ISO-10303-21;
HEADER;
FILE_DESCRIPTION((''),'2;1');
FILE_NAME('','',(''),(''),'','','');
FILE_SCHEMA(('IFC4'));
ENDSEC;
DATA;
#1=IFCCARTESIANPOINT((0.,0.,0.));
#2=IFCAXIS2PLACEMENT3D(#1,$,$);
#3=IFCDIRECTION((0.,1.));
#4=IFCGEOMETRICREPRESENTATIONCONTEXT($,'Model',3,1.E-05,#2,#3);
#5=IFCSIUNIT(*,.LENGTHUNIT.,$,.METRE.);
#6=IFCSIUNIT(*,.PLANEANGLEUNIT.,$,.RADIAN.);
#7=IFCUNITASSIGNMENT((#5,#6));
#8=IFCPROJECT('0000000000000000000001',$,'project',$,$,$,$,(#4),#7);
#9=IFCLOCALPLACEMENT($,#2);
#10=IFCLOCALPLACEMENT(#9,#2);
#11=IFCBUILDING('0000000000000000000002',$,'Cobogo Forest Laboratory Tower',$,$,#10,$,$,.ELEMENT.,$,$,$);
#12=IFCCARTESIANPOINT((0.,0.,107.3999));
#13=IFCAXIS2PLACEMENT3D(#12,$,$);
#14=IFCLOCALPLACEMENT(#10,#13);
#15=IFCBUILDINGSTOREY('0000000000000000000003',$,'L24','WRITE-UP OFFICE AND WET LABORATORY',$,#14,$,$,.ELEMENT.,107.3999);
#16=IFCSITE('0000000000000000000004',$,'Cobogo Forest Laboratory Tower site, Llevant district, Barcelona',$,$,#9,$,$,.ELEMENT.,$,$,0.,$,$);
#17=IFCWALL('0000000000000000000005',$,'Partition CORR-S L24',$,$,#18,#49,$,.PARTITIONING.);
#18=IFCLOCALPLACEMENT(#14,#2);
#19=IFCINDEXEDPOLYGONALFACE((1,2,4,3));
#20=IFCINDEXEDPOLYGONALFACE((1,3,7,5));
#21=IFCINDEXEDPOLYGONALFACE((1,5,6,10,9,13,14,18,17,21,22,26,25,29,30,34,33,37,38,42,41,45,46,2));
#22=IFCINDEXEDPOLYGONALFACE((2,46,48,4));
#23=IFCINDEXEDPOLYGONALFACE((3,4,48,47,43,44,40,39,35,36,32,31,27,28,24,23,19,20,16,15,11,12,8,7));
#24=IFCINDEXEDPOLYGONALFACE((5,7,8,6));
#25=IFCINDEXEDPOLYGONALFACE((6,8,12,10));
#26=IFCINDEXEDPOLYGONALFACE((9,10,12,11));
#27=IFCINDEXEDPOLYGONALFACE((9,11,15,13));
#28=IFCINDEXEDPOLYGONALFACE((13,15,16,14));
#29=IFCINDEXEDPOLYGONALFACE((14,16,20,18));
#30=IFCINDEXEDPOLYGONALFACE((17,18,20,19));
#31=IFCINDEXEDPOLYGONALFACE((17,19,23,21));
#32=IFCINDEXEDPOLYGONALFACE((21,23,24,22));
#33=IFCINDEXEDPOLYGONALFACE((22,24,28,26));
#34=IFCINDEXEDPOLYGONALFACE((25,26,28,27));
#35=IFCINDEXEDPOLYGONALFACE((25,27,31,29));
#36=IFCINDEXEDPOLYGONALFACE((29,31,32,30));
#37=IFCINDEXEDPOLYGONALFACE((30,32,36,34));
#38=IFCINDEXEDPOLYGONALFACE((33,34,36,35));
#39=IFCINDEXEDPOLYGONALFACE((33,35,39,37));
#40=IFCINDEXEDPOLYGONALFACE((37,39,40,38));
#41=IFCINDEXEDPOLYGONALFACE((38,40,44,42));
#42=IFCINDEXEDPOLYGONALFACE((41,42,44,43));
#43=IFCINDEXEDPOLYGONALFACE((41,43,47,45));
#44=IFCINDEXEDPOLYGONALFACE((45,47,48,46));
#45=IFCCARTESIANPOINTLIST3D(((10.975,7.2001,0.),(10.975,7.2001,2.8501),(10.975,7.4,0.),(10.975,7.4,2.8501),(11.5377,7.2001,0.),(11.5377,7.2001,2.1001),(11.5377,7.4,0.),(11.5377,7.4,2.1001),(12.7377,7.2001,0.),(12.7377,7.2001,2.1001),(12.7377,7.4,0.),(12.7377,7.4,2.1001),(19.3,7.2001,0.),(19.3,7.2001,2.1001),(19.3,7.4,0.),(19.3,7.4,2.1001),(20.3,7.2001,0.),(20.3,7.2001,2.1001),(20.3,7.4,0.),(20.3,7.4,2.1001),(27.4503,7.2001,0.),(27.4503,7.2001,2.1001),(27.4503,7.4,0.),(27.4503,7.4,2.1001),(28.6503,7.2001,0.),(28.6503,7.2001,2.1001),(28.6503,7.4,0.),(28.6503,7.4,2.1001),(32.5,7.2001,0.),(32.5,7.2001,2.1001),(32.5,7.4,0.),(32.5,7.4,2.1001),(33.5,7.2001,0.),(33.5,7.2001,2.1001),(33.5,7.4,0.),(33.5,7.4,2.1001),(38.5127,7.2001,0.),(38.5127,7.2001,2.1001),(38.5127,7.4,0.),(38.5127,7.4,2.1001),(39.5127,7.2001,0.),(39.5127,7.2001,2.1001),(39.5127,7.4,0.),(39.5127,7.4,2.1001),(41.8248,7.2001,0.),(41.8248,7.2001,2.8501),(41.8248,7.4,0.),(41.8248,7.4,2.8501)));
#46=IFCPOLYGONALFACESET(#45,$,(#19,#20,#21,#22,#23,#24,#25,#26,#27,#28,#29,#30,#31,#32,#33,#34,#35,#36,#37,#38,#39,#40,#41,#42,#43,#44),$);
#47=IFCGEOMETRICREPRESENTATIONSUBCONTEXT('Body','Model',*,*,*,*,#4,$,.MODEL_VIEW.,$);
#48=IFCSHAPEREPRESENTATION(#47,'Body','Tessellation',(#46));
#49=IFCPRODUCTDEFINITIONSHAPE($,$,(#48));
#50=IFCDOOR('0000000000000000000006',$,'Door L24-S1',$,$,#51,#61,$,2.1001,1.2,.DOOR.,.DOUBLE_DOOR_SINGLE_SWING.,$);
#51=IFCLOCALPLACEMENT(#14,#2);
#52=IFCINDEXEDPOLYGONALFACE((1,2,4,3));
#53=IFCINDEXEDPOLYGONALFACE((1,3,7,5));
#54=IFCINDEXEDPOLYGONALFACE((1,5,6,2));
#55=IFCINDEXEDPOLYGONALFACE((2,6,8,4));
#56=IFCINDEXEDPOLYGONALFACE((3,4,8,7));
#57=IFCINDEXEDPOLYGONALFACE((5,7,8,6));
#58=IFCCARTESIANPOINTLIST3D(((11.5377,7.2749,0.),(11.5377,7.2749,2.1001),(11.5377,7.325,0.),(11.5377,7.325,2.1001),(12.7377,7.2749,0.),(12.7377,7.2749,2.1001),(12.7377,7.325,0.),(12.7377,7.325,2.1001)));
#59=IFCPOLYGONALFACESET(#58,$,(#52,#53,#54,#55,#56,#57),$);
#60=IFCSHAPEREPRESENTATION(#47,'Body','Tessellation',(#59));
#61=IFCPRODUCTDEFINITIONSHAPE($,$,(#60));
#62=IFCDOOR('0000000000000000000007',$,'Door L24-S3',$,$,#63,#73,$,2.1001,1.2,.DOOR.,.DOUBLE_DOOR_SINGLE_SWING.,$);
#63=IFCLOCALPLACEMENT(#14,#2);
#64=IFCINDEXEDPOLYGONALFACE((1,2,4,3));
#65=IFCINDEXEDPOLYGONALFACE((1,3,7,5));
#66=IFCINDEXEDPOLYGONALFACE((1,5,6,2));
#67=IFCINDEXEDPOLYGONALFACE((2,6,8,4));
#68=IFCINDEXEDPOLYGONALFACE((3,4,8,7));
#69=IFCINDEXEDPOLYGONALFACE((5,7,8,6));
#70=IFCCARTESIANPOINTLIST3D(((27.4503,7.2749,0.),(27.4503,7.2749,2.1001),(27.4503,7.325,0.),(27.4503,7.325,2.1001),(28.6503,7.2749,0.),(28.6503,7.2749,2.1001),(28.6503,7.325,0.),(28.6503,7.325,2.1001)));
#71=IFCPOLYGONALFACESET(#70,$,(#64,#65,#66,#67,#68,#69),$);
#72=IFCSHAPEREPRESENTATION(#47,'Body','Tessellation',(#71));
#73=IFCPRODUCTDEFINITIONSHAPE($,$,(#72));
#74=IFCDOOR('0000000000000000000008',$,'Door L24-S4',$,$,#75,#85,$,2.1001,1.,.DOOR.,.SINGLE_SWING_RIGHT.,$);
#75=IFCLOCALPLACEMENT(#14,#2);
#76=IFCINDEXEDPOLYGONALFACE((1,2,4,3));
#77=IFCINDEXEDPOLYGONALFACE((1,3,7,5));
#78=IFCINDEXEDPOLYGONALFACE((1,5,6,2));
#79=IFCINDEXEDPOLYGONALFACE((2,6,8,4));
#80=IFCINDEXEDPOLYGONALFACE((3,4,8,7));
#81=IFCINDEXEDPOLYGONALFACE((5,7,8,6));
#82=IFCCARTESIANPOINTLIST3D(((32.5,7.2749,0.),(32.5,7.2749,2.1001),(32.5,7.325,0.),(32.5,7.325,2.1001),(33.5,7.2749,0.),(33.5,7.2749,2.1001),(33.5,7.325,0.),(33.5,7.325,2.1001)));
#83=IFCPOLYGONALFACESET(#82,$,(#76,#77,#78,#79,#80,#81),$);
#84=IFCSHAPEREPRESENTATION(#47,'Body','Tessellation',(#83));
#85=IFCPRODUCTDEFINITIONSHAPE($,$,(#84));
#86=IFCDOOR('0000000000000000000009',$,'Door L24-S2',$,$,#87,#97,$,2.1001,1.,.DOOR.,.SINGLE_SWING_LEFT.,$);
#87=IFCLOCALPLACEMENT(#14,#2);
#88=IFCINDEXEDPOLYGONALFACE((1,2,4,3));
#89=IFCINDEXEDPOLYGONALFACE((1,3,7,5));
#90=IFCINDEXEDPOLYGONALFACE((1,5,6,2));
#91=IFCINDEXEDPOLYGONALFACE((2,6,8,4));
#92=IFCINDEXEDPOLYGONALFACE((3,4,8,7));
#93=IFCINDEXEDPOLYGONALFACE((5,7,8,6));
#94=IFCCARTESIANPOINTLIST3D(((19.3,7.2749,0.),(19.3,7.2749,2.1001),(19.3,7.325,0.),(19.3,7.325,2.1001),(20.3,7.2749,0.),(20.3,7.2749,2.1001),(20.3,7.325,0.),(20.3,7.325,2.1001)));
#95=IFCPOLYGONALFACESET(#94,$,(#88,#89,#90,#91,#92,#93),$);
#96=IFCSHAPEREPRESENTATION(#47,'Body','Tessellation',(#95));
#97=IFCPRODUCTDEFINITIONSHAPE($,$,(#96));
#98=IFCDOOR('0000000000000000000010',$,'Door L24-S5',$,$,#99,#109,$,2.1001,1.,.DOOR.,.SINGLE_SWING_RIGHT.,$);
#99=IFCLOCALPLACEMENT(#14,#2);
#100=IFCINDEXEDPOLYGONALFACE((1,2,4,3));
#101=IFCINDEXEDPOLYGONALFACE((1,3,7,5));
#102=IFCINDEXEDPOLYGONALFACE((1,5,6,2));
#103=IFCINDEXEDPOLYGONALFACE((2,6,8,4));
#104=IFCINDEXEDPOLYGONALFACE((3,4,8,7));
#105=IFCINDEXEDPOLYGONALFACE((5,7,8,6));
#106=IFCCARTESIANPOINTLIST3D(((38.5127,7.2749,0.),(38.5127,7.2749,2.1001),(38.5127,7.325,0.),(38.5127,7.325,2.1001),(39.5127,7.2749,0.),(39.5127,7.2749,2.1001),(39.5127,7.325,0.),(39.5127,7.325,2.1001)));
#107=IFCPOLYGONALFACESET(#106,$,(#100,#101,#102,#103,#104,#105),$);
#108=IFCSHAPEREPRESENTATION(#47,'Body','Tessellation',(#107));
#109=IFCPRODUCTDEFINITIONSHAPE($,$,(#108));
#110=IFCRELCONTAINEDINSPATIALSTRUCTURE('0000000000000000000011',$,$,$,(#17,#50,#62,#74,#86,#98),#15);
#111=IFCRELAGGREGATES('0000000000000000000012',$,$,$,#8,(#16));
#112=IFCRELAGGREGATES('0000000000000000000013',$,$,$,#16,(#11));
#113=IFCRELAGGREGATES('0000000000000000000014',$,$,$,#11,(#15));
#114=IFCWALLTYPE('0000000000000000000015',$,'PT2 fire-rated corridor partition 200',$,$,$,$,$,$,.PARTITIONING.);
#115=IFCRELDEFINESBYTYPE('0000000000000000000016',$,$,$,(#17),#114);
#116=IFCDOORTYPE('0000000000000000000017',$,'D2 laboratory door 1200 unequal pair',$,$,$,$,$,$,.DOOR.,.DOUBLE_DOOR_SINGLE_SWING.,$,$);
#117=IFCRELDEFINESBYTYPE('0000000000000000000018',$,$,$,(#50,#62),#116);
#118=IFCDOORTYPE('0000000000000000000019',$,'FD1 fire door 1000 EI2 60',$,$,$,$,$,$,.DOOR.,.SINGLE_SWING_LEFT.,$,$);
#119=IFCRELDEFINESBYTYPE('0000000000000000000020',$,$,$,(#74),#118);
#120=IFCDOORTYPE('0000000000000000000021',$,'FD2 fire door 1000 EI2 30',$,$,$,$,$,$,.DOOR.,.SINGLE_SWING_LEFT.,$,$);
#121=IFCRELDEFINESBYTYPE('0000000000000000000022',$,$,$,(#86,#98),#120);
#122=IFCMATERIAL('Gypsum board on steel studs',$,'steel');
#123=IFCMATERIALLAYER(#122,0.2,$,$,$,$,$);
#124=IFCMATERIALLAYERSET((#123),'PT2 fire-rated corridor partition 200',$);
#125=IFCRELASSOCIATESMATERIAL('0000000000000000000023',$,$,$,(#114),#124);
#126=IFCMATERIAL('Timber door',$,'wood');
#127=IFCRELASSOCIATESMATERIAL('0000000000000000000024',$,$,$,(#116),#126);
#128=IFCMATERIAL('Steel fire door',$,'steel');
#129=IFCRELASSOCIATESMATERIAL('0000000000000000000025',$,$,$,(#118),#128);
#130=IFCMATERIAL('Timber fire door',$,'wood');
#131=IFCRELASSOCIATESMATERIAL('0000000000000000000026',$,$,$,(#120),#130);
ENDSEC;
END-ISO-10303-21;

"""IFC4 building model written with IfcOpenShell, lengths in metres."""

from ifc_helpers import new_model, si_unit, direction, frame, frame_2d, origin, place, context, subcontext, project, spatial, rectangle, extrude, material, layer, layer_set, type_object, element, fill, save


model = new_model("IFC4")

# Units and contexts
model_context = context("Model", 3, precision=1e-05, world=origin(), true_north=direction((0.0, 1.0)))
body_context = subcontext(model_context, "Body", "Model", "MODEL_VIEW")
ifc_project = project(units=[si_unit("LENGTHUNIT", "METRE"), si_unit("PLANEANGLEUNIT", "RADIAN")], contexts=[model_context])

# Site, building, storey
site_placement = place(None, origin())
site = spatial("IfcSite", under=ifc_project, at=site_placement, Name="Cobogo Forest Laboratory Tower site, Llevant district, Barcelona", CompositionType="ELEMENT", RefElevation=0.0)
building_placement = place(site_placement, origin())
building = spatial("IfcBuilding", under=site, at=building_placement, Name="Cobogo Forest Laboratory Tower", CompositionType="ELEMENT")
storey_placement = place(building_placement, frame((0.0, 0.0, 107.3999)))
storey = spatial("IfcBuildingStorey", under=building, at=storey_placement, Name="L24", Description="WRITE-UP OFFICE AND WET LABORATORY", CompositionType="ELEMENT", Elevation=107.3999)

# Shared definitions
ifc_material_1 = material(Name="Gypsum board on steel studs", Category="steel")

# Wall, openings, doors
ifc_layer_1 = layer(ifc_material_1, 0.2)
ifc_layer_set_1 = layer_set([ifc_layer_1], Name="PT2 fire-rated corridor partition 200")
wall_type_1 = type_object("IfcWallType", Name="PT2 fire-rated corridor partition 200", PredefinedType="PARTITIONING", material=ifc_layer_set_1)
wall_1_placement = place(storey_placement, frame((10.9751, 7.3, 0.0), z_axis=(0.0, 0.0, 1.0), x_axis=(1.0, 0.0, 0.0)))
wall_1 = element("IfcWall", 1, at=wall_1_placement, inside=storey, type_object=wall_type_1, Name="Partition CORR-S L24", PredefinedType="PARTITIONING", context=body_context, shape_type="SweptSolid", body=[
    extrude(rectangle(XDim=30.8499, YDim=0.2, at=frame_2d((15.4248, 0.0))), origin(), (0.0, 0.0, 1.0), 2.8501),
])
opening_1_placement = place(wall_1_placement, frame((0.5625, 0.0, 0.0)))
opening_1 = element("IfcOpeningElement", 2, at=opening_1_placement, cuts=wall_1, PredefinedType="OPENING", context=body_context, shape_type="SweptSolid", body=[
    extrude(rectangle(XDim=1.2, YDim=2.1001, at=frame_2d((0.6001, 1.05))), frame((0.0, 0.1099, 0.0), z_axis=(0.0, -1.0, 0.0), x_axis=(1.0, 0.0, 0.0)), (0.0, 0.0, 1.0), 0.22),
])
opening_2_placement = place(wall_1_placement, frame((8.325, 0.0, 0.0)))
opening_2 = element("IfcOpeningElement", 3, at=opening_2_placement, cuts=wall_1, PredefinedType="OPENING", context=body_context, shape_type="SweptSolid", body=[
    extrude(rectangle(XDim=1.0, YDim=2.1001, at=frame_2d((0.5, 1.05))), frame((0.0, 0.1099, 0.0), z_axis=(0.0, -1.0, 0.0), x_axis=(1.0, 0.0, 0.0)), (0.0, 0.0, 1.0), 0.22),
])
opening_3_placement = place(wall_1_placement, frame((16.4751, 0.0, 0.0)))
opening_3 = element("IfcOpeningElement", 4, at=opening_3_placement, cuts=wall_1, PredefinedType="OPENING", context=body_context, shape_type="SweptSolid", body=[
    extrude(rectangle(XDim=1.2, YDim=2.1001, at=frame_2d((0.6001, 1.05))), frame((0.0, 0.1099, 0.0), z_axis=(0.0, -1.0, 0.0), x_axis=(1.0, 0.0, 0.0)), (0.0, 0.0, 1.0), 0.22),
])
opening_4_placement = place(wall_1_placement, frame((21.5249, 0.0, 0.0)))
opening_4 = element("IfcOpeningElement", 5, at=opening_4_placement, cuts=wall_1, PredefinedType="OPENING", context=body_context, shape_type="SweptSolid", body=[
    extrude(rectangle(XDim=1.0, YDim=2.1001, at=frame_2d((0.5, 1.05))), frame((0.0, 0.1099, 0.0), z_axis=(0.0, -1.0, 0.0), x_axis=(1.0, 0.0, 0.0)), (0.0, 0.0, 1.0), 0.22),
])
opening_5_placement = place(wall_1_placement, frame((27.5376, 0.0, 0.0)))
opening_5 = element("IfcOpeningElement", 6, at=opening_5_placement, cuts=wall_1, PredefinedType="OPENING", context=body_context, shape_type="SweptSolid", body=[
    extrude(rectangle(XDim=1.0, YDim=2.1001, at=frame_2d((0.5, 1.05))), frame((0.0, 0.1099, 0.0), z_axis=(0.0, -1.0, 0.0), x_axis=(1.0, 0.0, 0.0)), (0.0, 0.0, 1.0), 0.22),
])
ifc_material_2 = material(Name="Timber door", Category="wood")
door_type_1 = type_object("IfcDoorType", Name="D2 laboratory door 1200 unequal pair", OperationType="DOUBLE_DOOR_SINGLE_SWING", PredefinedType="DOOR", material=ifc_material_2)
door_1_placement = place(opening_1_placement, origin())
door_1 = element("IfcDoor", 7, at=door_1_placement, inside=storey, type_object=door_type_1, Name="Door L24-S1", OperationType="DOUBLE_DOOR_SINGLE_SWING", OverallHeight=2.1001, OverallWidth=1.2, PredefinedType="DOOR", context=body_context, shape_type="SweptSolid", body=[
    extrude(rectangle(XDim=1.2, YDim=2.1001, at=frame_2d((0.6001, 1.05))), frame((0.0, 0.0249, 0.0), z_axis=(0.0, -1.0, 0.0), x_axis=(1.0, 0.0, 0.0)), (0.0, 0.0, 1.0), 0.05),
])
fill(opening_1, door_1)
door_2_placement = place(opening_3_placement, origin())
door_2 = element("IfcDoor", 8, at=door_2_placement, inside=storey, type_object=door_type_1, Name="Door L24-S3", OperationType="DOUBLE_DOOR_SINGLE_SWING", OverallHeight=2.1001, OverallWidth=1.2, PredefinedType="DOOR", context=body_context, shape_type="SweptSolid", body=[
    extrude(rectangle(XDim=1.2, YDim=2.1001, at=frame_2d((0.6001, 1.05))), frame((0.0, 0.0249, 0.0), z_axis=(0.0, -1.0, 0.0), x_axis=(1.0, 0.0, 0.0)), (0.0, 0.0, 1.0), 0.05),
])
fill(opening_3, door_2)
ifc_material_3 = material(Name="Steel fire door", Category="steel")
door_type_2 = type_object("IfcDoorType", Name="FD1 fire door 1000 EI2 60", OperationType="SINGLE_SWING_LEFT", PredefinedType="DOOR", material=ifc_material_3)
door_3_placement = place(opening_4_placement, origin())
door_3 = element("IfcDoor", 9, at=door_3_placement, inside=storey, type_object=door_type_2, Name="Door L24-S4", OperationType="SINGLE_SWING_RIGHT", OverallHeight=2.1001, OverallWidth=1.0, PredefinedType="DOOR", context=body_context, shape_type="SweptSolid", body=[
    extrude(rectangle(XDim=1.0, YDim=2.1001, at=frame_2d((0.5, 1.05))), frame((0.0, 0.0249, 0.0), z_axis=(0.0, -1.0, 0.0), x_axis=(1.0, 0.0, 0.0)), (0.0, 0.0, 1.0), 0.05),
])
fill(opening_4, door_3)
ifc_material_4 = material(Name="Timber fire door", Category="wood")
door_type_3 = type_object("IfcDoorType", Name="FD2 fire door 1000 EI2 30", OperationType="SINGLE_SWING_LEFT", PredefinedType="DOOR", material=ifc_material_4)
door_4_placement = place(opening_2_placement, origin())
door_4 = element("IfcDoor", 10, at=door_4_placement, inside=storey, type_object=door_type_3, Name="Door L24-S2", OperationType="SINGLE_SWING_LEFT", OverallHeight=2.1001, OverallWidth=1.0, PredefinedType="DOOR", context=body_context, shape_type="SweptSolid", body=[
    extrude(rectangle(XDim=1.0, YDim=2.1001, at=frame_2d((0.5, 1.05))), frame((0.0, 0.0249, 0.0), z_axis=(0.0, -1.0, 0.0), x_axis=(1.0, 0.0, 0.0)), (0.0, 0.0, 1.0), 0.05),
])
fill(opening_2, door_4)
door_5_placement = place(opening_5_placement, origin())
door_5 = element("IfcDoor", 11, at=door_5_placement, inside=storey, type_object=door_type_3, Name="Door L24-S5", OperationType="SINGLE_SWING_RIGHT", OverallHeight=2.1001, OverallWidth=1.0, PredefinedType="DOOR", context=body_context, shape_type="SweptSolid", body=[
    extrude(rectangle(XDim=1.0, YDim=2.1001, at=frame_2d((0.5, 1.05))), frame((0.0, 0.0249, 0.0), z_axis=(0.0, -1.0, 0.0), x_axis=(1.0, 0.0, 0.0)), (0.0, 0.0, 1.0), 0.05),
])
fill(opening_5, door_5)

save(model, "model.ifc")
